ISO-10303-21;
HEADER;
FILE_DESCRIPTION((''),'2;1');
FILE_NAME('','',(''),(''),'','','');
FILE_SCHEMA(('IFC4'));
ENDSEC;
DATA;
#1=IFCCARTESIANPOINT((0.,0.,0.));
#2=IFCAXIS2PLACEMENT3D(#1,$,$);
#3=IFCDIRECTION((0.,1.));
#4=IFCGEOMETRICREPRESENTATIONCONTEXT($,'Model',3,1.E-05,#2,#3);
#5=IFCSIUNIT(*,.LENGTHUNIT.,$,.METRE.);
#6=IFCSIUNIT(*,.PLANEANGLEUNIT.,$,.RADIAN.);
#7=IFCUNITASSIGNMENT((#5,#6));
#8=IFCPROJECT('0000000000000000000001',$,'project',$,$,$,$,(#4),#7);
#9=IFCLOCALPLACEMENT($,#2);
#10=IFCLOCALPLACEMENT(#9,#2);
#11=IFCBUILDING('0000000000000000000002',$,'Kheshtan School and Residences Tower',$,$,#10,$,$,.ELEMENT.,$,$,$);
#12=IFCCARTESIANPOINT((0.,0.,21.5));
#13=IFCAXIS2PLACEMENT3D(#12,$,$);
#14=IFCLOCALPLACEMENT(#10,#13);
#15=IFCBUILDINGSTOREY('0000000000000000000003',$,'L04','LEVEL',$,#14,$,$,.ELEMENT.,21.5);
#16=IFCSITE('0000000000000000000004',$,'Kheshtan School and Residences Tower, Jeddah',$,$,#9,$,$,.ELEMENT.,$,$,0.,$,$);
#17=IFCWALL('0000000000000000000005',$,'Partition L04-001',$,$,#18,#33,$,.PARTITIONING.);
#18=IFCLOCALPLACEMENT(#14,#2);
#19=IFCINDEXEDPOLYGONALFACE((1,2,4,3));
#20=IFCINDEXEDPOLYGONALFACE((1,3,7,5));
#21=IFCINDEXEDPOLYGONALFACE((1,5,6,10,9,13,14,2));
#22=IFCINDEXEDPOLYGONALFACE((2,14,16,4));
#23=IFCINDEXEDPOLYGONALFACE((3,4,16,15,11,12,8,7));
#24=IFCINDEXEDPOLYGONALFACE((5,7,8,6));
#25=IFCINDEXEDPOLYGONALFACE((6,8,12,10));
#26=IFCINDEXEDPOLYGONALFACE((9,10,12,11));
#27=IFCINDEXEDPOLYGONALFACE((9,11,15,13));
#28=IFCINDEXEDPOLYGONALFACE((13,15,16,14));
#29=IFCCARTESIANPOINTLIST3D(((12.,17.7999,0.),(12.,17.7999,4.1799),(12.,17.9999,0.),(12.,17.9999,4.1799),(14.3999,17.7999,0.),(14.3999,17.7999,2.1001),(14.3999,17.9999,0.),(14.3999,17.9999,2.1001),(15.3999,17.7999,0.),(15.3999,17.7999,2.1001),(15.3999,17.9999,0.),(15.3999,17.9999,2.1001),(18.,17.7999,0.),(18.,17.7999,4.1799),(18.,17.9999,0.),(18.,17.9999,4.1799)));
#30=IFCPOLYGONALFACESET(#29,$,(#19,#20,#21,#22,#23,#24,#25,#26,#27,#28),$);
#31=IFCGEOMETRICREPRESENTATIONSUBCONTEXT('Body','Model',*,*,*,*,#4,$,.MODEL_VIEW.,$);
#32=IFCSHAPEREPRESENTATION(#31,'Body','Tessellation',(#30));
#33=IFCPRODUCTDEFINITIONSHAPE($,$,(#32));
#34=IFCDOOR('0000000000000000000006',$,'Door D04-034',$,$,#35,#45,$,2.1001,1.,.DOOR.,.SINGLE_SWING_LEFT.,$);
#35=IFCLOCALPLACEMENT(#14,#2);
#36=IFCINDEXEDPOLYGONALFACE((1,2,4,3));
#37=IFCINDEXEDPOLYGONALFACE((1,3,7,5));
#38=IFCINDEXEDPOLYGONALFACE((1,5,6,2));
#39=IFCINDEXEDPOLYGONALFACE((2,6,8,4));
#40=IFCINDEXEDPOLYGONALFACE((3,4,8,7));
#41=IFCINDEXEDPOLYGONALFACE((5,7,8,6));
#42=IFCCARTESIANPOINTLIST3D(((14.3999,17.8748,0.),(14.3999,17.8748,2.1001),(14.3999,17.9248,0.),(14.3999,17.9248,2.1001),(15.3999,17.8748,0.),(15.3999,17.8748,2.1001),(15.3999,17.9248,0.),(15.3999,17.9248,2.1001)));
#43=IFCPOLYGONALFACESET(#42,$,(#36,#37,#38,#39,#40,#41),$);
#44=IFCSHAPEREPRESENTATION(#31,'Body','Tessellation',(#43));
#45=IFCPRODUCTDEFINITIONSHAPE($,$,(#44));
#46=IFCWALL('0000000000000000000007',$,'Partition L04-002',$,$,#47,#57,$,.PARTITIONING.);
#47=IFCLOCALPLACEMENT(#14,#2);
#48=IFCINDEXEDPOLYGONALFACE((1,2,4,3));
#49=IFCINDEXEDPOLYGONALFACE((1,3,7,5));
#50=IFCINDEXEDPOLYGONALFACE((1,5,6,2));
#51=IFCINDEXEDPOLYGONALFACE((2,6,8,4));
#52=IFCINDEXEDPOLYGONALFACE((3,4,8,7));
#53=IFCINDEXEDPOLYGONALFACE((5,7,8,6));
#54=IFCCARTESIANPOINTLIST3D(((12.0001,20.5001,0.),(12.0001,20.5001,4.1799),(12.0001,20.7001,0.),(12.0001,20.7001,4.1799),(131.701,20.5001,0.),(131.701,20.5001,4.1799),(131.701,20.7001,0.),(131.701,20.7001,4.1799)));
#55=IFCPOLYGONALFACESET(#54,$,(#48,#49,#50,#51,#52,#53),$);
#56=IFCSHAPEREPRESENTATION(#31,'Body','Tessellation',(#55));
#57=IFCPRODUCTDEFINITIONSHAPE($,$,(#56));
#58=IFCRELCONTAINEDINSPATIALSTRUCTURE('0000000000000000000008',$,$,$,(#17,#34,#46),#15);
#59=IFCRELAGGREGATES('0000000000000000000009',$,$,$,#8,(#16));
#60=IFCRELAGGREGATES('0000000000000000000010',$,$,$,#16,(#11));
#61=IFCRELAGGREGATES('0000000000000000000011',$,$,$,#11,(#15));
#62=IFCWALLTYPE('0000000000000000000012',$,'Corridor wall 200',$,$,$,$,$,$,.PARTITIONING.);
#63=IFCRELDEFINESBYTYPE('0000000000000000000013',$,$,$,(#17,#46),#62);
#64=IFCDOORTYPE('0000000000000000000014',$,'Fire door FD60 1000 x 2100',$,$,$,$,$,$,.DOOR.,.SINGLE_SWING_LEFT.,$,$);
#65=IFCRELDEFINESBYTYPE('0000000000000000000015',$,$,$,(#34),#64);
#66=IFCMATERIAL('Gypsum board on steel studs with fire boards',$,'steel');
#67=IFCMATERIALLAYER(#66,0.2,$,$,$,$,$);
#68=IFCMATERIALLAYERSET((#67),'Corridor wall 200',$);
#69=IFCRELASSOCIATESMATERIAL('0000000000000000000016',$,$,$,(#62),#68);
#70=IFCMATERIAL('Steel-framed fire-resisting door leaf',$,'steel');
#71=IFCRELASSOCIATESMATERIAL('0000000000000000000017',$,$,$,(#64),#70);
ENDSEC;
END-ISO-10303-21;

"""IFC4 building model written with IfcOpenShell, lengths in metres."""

from ifc_helpers import new_model, si_unit, direction, frame, frame_2d, origin, place, context, subcontext, project, spatial, rectangle, extrude, source, transform, mapped, material, layer, layer_set, type_object, element, fill, save


model = new_model("IFC4")

# Units and contexts
model_context = context("Model", 3, precision=1e-05, world=origin(), true_north=direction((0.0, 1.0)))
body_context = subcontext(model_context, "Body", "Model", "MODEL_VIEW")
ifc_project = project(units=[si_unit("LENGTHUNIT", "METRE"), si_unit("PLANEANGLEUNIT", "RADIAN")], contexts=[model_context])

# Site, building, storey
site_placement = place(None, origin())
site = spatial("IfcSite", under=ifc_project, at=site_placement, Name="Kheshtan School and Residences Tower, Jeddah", CompositionType="ELEMENT", RefElevation=0.0)
building_placement = place(site_placement, origin())
building = spatial("IfcBuilding", under=site, at=building_placement, Name="Kheshtan School and Residences Tower", CompositionType="ELEMENT")
storey_placement = place(building_placement, frame((0.0, 0.0, 21.5)))
storey = spatial("IfcBuildingStorey", under=building, at=storey_placement, Name="L04", Description="LEVEL", CompositionType="ELEMENT", Elevation=21.5)

# Wall, opening, door
ifc_material_1 = material(Name="Gypsum board on steel studs with fire boards", Category="steel")
ifc_layer_1 = layer(ifc_material_1, 0.2)
ifc_layer_set_1 = layer_set([ifc_layer_1], Name="Corridor wall 200")
wall_type_1 = type_object("IfcWallType", Name="Corridor wall 200", PredefinedType="PARTITIONING", material=ifc_layer_set_1)
wall_1_placement = place(storey_placement, frame((12.0, 17.8999, 0.0), z_axis=(0.0, 0.0, 1.0), x_axis=(1.0, 0.0, 0.0)))
wall_1 = element("IfcWall", 1, at=wall_1_placement, inside=storey, type_object=wall_type_1, Name="Partition L04-001", PredefinedType="PARTITIONING", context=body_context, shape_type="SweptSolid", body=[
    extrude(rectangle(XDim=6.0, YDim=0.2, at=frame_2d((3.0, 0.0))), origin(), (0.0, 0.0, 1.0), 4.1799),
])
opening_1_placement = place(wall_1_placement, frame((2.3999, 0.0, 0.0)))
opening_1 = element("IfcOpeningElement", 2, at=opening_1_placement, cuts=wall_1, PredefinedType="OPENING", context=body_context, shape_type="SweptSolid", body=[
    extrude(rectangle(XDim=1.0, YDim=2.1001, at=frame_2d((0.5, 1.05))), frame((0.0, 0.1099, 0.0), z_axis=(0.0, -1.0, 0.0), x_axis=(1.0, 0.0, 0.0)), (0.0, 0.0, 1.0), 0.22),
])
ifc_material_2 = material(Name="Steel-framed fire-resisting door leaf", Category="steel")
door_type_1 = type_object("IfcDoorType", Name="Fire door FD60 1000 x 2100", OperationType="SINGLE_SWING_LEFT", PredefinedType="DOOR", material=ifc_material_2)
shared_shape_1 = source(origin(), body_context, "Body", "SweptSolid", [
    extrude(rectangle(XDim=1.0, YDim=2.1001, at=frame_2d((0.5, 1.05))), frame((0.0, 0.0249, 0.0), z_axis=(0.0, -1.0, 0.0), x_axis=(1.0, 0.0, 0.0)), (0.0, 0.0, 1.0), 0.05),
])
door_1_placement = place(opening_1_placement, origin())
door_1 = element("IfcDoor", 3, at=door_1_placement, inside=storey, type_object=door_type_1, Name="Door D04-034", OperationType="SINGLE_SWING_LEFT", OverallHeight=2.1001, OverallWidth=1.0, PredefinedType="DOOR", context=body_context, shape_type="MappedRepresentation", body=[
    mapped(shared_shape_1, transform((0.0, 0.0, 0.0), x_axis=(1.0, 0.0, 0.0), y_axis=(0.0, 1.0, 0.0), z_axis=(0.0, 0.0, 1.0), scale=1.0)),
])
fill(opening_1, door_1)

# Wall
wall_2_placement = place(storey_placement, frame((12.0, 20.6001, 0.0), z_axis=(0.0, 0.0, 1.0), x_axis=(1.0, 0.0, 0.0)))
element("IfcWall", 4, at=wall_2_placement, inside=storey, type_object=wall_type_1, Name="Partition L04-002", PredefinedType="PARTITIONING", context=body_context, shape_type="SweptSolid", body=[
    extrude(rectangle(XDim=119.7009, YDim=0.2, at=frame_2d((59.8506, 0.0))), origin(), (0.0, 0.0, 1.0), 4.1799),
])

save(model, "model.ifc")
